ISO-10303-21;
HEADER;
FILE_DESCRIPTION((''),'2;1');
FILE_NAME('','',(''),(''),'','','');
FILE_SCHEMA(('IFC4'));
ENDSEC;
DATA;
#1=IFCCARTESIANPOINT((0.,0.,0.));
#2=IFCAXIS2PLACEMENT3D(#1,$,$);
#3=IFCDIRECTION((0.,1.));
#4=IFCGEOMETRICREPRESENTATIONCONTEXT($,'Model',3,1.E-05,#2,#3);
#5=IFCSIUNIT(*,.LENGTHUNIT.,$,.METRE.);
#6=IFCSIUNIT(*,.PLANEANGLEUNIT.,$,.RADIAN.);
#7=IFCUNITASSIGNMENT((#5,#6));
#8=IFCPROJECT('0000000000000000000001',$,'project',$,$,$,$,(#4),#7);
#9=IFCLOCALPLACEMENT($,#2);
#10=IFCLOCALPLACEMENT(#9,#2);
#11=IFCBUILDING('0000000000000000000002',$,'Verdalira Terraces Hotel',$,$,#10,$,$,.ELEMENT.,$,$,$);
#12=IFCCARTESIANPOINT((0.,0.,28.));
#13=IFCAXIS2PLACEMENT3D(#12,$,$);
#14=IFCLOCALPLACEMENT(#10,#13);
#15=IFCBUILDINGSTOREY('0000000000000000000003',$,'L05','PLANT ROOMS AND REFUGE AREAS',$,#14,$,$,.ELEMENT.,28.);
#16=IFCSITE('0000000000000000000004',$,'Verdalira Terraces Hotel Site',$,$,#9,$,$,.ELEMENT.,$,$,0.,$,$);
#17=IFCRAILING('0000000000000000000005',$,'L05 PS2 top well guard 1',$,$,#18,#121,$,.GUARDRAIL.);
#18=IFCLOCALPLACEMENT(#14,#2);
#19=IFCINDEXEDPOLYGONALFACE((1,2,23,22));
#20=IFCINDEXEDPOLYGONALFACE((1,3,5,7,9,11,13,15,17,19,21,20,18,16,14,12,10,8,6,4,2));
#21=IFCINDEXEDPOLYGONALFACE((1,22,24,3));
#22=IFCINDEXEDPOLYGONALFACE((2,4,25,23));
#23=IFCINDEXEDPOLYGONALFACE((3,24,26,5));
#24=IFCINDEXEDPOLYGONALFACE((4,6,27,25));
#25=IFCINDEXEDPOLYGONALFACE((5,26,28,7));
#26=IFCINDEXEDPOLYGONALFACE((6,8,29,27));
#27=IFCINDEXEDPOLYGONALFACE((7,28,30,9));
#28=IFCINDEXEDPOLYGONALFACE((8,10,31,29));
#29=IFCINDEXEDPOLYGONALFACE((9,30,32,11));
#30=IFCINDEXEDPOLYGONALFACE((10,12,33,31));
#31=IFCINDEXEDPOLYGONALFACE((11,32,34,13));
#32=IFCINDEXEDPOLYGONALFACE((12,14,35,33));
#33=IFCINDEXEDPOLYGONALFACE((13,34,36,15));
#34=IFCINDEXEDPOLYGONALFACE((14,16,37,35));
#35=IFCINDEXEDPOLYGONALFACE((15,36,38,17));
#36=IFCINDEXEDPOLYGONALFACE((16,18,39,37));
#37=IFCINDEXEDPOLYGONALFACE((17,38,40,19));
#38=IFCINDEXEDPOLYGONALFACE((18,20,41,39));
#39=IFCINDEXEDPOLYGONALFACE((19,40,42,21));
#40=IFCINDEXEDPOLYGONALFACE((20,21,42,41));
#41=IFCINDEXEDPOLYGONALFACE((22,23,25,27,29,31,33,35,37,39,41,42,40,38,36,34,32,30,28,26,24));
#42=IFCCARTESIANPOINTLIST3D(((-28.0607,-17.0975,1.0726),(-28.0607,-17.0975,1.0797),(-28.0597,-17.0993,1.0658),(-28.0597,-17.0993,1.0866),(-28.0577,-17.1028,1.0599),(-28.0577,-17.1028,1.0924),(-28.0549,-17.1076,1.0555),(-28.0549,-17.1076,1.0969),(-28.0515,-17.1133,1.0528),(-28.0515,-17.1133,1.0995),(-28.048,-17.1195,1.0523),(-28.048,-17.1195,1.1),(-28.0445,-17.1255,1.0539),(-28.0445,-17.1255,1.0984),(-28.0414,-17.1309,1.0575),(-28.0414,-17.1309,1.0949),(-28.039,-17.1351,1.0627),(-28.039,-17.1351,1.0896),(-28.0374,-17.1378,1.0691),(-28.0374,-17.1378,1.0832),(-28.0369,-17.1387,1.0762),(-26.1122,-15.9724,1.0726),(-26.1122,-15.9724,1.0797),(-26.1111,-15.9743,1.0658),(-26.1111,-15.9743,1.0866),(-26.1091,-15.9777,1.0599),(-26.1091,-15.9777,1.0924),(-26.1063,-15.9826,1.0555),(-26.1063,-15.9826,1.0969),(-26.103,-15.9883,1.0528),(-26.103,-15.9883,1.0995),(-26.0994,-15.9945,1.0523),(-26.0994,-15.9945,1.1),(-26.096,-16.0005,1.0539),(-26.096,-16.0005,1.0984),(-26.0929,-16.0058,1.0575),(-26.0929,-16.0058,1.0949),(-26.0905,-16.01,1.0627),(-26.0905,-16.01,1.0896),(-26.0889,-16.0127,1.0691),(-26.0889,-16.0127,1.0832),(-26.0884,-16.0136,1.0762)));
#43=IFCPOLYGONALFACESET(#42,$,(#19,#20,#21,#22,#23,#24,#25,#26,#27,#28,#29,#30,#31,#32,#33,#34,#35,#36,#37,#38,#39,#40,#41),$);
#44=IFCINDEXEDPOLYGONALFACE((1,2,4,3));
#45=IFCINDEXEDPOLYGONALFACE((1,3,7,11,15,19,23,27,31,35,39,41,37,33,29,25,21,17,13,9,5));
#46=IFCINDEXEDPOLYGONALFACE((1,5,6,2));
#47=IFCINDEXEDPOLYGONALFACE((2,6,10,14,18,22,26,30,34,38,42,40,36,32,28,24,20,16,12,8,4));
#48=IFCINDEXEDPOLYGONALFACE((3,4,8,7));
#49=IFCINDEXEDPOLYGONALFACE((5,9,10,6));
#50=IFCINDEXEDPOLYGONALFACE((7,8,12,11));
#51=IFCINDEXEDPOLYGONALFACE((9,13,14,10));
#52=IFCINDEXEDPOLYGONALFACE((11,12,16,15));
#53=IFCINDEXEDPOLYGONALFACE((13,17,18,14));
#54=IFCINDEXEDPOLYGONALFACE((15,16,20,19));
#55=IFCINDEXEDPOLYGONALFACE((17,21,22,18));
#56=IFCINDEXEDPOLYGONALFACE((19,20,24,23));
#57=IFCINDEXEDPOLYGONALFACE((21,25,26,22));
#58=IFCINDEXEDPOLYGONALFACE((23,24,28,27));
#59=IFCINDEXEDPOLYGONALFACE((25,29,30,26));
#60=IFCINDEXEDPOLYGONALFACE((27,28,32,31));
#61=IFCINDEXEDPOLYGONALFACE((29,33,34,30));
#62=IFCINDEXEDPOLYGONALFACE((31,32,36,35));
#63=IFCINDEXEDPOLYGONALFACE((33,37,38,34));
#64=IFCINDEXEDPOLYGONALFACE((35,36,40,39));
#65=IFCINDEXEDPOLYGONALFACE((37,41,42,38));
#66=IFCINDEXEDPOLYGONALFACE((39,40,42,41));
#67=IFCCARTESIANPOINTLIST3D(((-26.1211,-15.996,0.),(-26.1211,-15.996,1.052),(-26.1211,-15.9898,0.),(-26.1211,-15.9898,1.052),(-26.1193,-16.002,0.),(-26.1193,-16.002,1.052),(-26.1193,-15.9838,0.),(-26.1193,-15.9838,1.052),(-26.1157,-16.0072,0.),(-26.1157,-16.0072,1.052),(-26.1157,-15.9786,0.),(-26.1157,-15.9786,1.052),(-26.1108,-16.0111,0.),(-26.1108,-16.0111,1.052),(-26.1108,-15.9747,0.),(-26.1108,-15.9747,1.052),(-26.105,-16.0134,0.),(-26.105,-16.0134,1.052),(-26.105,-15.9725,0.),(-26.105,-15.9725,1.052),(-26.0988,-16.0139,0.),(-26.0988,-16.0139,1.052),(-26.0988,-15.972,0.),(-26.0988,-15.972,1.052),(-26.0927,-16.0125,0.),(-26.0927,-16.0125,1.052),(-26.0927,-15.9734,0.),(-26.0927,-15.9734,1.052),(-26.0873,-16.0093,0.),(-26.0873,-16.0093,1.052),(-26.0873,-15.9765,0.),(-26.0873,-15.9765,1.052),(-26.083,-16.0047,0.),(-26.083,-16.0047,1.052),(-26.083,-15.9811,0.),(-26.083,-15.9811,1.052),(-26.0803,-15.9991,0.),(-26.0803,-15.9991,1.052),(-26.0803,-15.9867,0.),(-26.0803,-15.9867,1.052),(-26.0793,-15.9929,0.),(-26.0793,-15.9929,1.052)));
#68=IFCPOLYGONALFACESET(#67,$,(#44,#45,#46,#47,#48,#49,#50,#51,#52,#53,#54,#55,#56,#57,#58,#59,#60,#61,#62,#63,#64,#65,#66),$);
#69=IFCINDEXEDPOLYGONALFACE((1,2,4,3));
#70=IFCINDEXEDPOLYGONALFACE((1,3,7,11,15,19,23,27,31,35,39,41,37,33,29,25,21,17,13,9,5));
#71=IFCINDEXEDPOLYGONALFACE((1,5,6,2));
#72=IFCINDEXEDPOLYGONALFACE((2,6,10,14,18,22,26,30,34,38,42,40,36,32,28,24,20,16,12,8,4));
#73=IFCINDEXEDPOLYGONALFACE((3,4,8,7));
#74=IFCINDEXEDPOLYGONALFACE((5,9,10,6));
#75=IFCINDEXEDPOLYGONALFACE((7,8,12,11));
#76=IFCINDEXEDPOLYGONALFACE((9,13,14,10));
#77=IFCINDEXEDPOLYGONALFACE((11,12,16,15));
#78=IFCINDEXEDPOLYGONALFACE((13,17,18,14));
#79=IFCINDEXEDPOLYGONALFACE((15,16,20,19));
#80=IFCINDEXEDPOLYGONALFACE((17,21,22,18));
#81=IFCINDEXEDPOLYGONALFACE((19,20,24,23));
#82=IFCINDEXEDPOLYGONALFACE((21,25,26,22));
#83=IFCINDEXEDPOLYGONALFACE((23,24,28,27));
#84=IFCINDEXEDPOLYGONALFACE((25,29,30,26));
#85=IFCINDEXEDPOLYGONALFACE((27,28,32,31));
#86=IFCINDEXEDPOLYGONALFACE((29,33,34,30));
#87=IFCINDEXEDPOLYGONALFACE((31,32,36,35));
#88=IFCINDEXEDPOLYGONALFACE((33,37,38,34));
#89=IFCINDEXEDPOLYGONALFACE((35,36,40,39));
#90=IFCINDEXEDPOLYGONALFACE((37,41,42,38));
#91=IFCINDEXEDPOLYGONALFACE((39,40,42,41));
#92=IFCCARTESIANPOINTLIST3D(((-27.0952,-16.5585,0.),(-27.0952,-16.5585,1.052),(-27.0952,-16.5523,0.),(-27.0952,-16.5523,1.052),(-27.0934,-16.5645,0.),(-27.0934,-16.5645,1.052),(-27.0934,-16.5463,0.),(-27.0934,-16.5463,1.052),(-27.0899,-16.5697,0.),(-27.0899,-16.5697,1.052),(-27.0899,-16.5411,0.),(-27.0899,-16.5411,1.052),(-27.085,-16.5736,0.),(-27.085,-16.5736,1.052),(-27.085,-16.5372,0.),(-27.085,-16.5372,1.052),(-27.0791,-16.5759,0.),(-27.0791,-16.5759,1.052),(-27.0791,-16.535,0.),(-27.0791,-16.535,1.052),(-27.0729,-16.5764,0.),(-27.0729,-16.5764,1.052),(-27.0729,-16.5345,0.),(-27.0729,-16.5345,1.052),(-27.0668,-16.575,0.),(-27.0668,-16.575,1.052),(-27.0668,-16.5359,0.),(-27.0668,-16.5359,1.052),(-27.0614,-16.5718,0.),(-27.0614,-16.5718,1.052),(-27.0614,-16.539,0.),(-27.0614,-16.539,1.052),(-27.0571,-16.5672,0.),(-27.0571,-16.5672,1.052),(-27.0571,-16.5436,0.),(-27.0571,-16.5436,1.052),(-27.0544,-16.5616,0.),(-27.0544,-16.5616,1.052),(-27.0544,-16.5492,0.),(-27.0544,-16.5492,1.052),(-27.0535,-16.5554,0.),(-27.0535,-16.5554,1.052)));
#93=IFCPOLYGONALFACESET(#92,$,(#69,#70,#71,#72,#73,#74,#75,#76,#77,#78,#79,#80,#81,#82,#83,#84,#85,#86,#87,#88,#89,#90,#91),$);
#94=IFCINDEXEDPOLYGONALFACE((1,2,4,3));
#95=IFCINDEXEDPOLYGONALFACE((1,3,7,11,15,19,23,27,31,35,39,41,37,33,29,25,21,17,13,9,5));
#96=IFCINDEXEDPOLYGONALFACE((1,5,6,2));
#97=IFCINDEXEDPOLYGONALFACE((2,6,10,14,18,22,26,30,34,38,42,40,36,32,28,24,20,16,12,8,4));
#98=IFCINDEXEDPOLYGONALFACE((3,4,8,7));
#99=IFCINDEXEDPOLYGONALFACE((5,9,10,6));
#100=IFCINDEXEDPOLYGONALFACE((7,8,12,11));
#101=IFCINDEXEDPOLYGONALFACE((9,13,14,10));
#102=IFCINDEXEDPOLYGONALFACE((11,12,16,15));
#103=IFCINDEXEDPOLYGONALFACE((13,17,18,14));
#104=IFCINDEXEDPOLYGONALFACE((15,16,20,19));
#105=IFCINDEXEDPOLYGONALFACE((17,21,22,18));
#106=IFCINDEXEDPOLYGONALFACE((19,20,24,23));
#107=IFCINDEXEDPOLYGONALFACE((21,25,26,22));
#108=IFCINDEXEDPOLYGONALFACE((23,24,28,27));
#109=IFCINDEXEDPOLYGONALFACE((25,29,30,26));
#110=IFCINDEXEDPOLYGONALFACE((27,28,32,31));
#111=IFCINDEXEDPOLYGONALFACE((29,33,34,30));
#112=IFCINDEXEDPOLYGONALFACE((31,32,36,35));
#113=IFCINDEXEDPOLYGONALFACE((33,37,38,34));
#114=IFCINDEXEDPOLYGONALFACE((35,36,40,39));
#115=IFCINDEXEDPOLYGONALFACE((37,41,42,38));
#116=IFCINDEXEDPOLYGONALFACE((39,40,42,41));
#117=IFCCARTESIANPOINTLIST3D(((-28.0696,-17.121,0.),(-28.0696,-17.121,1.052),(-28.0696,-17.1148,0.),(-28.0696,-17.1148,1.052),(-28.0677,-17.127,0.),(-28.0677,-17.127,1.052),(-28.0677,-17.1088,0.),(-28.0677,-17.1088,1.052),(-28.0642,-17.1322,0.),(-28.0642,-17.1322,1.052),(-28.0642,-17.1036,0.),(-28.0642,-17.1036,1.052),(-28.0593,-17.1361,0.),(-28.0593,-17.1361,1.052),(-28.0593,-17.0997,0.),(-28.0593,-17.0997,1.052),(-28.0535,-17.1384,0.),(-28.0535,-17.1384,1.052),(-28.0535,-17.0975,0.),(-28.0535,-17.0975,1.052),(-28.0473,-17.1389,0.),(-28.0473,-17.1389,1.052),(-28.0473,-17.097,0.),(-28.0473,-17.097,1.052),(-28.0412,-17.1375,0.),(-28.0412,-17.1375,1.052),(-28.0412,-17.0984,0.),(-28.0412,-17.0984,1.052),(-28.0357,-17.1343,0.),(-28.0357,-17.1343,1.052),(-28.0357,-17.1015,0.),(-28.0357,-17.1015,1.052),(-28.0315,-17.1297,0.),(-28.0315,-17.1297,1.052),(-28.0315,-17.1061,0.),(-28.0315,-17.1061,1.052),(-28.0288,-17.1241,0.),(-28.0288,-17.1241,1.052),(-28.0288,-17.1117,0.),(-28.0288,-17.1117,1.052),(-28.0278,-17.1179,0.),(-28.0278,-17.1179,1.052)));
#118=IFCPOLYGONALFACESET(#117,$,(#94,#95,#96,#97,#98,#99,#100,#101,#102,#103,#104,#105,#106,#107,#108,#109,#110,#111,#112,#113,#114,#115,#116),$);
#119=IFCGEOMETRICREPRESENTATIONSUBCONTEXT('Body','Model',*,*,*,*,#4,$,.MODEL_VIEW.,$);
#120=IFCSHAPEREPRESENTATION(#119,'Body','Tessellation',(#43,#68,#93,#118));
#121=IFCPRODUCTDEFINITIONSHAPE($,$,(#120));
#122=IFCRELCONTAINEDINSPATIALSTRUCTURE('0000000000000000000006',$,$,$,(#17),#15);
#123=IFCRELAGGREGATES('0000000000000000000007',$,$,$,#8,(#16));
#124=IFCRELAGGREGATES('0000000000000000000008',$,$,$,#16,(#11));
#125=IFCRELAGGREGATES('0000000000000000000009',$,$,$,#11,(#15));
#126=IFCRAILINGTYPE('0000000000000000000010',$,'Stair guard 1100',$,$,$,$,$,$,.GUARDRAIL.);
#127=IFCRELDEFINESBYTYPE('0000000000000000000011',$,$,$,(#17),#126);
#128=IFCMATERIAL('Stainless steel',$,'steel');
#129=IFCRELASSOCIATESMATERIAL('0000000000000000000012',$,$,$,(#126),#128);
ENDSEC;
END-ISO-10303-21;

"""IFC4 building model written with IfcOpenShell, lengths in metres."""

from ifc_helpers import new_model, si_unit, direction, frame, origin, origin_2d, place, context, subcontext, project, spatial, circle, extrude, material, type_object, element, save


model = new_model("IFC4")

# Units and contexts
model_context = context("Model", 3, precision=1e-05, world=origin(), true_north=direction((0.0, 1.0)))
body_context = subcontext(model_context, "Body", "Model", "MODEL_VIEW")
ifc_project = project(units=[si_unit("LENGTHUNIT", "METRE"), si_unit("PLANEANGLEUNIT", "RADIAN")], contexts=[model_context])

# Site, building, storey
site_placement = place(None, origin())
site = spatial("IfcSite", under=ifc_project, at=site_placement, Name="Verdalira Terraces Hotel Site", CompositionType="ELEMENT", RefElevation=0.0)
building_placement = place(site_placement, origin())
building = spatial("IfcBuilding", under=site, at=building_placement, Name="Verdalira Terraces Hotel", CompositionType="ELEMENT")
storey_placement = place(building_placement, frame((0.0, 0.0, 28.0)))
storey = spatial("IfcBuildingStorey", under=building, at=storey_placement, Name="L05", Description="PLANT ROOMS AND REFUGE AREAS", CompositionType="ELEMENT", Elevation=28.0)

# Railing
ifc_material_1 = material(Name="Stainless steel", Category="steel")
railing_type = type_object("IfcRailingType", Name="Stair guard 1100", PredefinedType="GUARDRAIL", material=ifc_material_1)
railing_placement = place(storey_placement, frame((-26.1003, -15.9929, 0.0)))
element("IfcRailing", 1, at=railing_placement, inside=storey, type_object=railing_type, Name="L05 PS2 top well guard 1", PredefinedType="GUARDRAIL", context=body_context, shape_type="SweptSolid", body=[
    extrude(circle(Radius=0.0239, at=origin_2d()), frame((0.0, 0.0, 1.0762), z_axis=(-0.866018, -0.500014, 0.0), x_axis=(0.500014, -0.866018, 0.0)), (0.0, 0.0, 1.0), 2.25),
    extrude(circle(Radius=0.021, at=origin_2d()), origin(), (0.0, 0.0, 1.0), 1.052),
    extrude(circle(Radius=0.021, at=origin_2d()), frame((-0.9741, -0.5625, 0.0)), (0.0, 0.0, 1.0), 1.052),
    extrude(circle(Radius=0.021, at=origin_2d()), frame((-1.9485, -1.125, 0.0)), (0.0, 0.0, 1.0), 1.052),
])

save(model, "model.ifc")
